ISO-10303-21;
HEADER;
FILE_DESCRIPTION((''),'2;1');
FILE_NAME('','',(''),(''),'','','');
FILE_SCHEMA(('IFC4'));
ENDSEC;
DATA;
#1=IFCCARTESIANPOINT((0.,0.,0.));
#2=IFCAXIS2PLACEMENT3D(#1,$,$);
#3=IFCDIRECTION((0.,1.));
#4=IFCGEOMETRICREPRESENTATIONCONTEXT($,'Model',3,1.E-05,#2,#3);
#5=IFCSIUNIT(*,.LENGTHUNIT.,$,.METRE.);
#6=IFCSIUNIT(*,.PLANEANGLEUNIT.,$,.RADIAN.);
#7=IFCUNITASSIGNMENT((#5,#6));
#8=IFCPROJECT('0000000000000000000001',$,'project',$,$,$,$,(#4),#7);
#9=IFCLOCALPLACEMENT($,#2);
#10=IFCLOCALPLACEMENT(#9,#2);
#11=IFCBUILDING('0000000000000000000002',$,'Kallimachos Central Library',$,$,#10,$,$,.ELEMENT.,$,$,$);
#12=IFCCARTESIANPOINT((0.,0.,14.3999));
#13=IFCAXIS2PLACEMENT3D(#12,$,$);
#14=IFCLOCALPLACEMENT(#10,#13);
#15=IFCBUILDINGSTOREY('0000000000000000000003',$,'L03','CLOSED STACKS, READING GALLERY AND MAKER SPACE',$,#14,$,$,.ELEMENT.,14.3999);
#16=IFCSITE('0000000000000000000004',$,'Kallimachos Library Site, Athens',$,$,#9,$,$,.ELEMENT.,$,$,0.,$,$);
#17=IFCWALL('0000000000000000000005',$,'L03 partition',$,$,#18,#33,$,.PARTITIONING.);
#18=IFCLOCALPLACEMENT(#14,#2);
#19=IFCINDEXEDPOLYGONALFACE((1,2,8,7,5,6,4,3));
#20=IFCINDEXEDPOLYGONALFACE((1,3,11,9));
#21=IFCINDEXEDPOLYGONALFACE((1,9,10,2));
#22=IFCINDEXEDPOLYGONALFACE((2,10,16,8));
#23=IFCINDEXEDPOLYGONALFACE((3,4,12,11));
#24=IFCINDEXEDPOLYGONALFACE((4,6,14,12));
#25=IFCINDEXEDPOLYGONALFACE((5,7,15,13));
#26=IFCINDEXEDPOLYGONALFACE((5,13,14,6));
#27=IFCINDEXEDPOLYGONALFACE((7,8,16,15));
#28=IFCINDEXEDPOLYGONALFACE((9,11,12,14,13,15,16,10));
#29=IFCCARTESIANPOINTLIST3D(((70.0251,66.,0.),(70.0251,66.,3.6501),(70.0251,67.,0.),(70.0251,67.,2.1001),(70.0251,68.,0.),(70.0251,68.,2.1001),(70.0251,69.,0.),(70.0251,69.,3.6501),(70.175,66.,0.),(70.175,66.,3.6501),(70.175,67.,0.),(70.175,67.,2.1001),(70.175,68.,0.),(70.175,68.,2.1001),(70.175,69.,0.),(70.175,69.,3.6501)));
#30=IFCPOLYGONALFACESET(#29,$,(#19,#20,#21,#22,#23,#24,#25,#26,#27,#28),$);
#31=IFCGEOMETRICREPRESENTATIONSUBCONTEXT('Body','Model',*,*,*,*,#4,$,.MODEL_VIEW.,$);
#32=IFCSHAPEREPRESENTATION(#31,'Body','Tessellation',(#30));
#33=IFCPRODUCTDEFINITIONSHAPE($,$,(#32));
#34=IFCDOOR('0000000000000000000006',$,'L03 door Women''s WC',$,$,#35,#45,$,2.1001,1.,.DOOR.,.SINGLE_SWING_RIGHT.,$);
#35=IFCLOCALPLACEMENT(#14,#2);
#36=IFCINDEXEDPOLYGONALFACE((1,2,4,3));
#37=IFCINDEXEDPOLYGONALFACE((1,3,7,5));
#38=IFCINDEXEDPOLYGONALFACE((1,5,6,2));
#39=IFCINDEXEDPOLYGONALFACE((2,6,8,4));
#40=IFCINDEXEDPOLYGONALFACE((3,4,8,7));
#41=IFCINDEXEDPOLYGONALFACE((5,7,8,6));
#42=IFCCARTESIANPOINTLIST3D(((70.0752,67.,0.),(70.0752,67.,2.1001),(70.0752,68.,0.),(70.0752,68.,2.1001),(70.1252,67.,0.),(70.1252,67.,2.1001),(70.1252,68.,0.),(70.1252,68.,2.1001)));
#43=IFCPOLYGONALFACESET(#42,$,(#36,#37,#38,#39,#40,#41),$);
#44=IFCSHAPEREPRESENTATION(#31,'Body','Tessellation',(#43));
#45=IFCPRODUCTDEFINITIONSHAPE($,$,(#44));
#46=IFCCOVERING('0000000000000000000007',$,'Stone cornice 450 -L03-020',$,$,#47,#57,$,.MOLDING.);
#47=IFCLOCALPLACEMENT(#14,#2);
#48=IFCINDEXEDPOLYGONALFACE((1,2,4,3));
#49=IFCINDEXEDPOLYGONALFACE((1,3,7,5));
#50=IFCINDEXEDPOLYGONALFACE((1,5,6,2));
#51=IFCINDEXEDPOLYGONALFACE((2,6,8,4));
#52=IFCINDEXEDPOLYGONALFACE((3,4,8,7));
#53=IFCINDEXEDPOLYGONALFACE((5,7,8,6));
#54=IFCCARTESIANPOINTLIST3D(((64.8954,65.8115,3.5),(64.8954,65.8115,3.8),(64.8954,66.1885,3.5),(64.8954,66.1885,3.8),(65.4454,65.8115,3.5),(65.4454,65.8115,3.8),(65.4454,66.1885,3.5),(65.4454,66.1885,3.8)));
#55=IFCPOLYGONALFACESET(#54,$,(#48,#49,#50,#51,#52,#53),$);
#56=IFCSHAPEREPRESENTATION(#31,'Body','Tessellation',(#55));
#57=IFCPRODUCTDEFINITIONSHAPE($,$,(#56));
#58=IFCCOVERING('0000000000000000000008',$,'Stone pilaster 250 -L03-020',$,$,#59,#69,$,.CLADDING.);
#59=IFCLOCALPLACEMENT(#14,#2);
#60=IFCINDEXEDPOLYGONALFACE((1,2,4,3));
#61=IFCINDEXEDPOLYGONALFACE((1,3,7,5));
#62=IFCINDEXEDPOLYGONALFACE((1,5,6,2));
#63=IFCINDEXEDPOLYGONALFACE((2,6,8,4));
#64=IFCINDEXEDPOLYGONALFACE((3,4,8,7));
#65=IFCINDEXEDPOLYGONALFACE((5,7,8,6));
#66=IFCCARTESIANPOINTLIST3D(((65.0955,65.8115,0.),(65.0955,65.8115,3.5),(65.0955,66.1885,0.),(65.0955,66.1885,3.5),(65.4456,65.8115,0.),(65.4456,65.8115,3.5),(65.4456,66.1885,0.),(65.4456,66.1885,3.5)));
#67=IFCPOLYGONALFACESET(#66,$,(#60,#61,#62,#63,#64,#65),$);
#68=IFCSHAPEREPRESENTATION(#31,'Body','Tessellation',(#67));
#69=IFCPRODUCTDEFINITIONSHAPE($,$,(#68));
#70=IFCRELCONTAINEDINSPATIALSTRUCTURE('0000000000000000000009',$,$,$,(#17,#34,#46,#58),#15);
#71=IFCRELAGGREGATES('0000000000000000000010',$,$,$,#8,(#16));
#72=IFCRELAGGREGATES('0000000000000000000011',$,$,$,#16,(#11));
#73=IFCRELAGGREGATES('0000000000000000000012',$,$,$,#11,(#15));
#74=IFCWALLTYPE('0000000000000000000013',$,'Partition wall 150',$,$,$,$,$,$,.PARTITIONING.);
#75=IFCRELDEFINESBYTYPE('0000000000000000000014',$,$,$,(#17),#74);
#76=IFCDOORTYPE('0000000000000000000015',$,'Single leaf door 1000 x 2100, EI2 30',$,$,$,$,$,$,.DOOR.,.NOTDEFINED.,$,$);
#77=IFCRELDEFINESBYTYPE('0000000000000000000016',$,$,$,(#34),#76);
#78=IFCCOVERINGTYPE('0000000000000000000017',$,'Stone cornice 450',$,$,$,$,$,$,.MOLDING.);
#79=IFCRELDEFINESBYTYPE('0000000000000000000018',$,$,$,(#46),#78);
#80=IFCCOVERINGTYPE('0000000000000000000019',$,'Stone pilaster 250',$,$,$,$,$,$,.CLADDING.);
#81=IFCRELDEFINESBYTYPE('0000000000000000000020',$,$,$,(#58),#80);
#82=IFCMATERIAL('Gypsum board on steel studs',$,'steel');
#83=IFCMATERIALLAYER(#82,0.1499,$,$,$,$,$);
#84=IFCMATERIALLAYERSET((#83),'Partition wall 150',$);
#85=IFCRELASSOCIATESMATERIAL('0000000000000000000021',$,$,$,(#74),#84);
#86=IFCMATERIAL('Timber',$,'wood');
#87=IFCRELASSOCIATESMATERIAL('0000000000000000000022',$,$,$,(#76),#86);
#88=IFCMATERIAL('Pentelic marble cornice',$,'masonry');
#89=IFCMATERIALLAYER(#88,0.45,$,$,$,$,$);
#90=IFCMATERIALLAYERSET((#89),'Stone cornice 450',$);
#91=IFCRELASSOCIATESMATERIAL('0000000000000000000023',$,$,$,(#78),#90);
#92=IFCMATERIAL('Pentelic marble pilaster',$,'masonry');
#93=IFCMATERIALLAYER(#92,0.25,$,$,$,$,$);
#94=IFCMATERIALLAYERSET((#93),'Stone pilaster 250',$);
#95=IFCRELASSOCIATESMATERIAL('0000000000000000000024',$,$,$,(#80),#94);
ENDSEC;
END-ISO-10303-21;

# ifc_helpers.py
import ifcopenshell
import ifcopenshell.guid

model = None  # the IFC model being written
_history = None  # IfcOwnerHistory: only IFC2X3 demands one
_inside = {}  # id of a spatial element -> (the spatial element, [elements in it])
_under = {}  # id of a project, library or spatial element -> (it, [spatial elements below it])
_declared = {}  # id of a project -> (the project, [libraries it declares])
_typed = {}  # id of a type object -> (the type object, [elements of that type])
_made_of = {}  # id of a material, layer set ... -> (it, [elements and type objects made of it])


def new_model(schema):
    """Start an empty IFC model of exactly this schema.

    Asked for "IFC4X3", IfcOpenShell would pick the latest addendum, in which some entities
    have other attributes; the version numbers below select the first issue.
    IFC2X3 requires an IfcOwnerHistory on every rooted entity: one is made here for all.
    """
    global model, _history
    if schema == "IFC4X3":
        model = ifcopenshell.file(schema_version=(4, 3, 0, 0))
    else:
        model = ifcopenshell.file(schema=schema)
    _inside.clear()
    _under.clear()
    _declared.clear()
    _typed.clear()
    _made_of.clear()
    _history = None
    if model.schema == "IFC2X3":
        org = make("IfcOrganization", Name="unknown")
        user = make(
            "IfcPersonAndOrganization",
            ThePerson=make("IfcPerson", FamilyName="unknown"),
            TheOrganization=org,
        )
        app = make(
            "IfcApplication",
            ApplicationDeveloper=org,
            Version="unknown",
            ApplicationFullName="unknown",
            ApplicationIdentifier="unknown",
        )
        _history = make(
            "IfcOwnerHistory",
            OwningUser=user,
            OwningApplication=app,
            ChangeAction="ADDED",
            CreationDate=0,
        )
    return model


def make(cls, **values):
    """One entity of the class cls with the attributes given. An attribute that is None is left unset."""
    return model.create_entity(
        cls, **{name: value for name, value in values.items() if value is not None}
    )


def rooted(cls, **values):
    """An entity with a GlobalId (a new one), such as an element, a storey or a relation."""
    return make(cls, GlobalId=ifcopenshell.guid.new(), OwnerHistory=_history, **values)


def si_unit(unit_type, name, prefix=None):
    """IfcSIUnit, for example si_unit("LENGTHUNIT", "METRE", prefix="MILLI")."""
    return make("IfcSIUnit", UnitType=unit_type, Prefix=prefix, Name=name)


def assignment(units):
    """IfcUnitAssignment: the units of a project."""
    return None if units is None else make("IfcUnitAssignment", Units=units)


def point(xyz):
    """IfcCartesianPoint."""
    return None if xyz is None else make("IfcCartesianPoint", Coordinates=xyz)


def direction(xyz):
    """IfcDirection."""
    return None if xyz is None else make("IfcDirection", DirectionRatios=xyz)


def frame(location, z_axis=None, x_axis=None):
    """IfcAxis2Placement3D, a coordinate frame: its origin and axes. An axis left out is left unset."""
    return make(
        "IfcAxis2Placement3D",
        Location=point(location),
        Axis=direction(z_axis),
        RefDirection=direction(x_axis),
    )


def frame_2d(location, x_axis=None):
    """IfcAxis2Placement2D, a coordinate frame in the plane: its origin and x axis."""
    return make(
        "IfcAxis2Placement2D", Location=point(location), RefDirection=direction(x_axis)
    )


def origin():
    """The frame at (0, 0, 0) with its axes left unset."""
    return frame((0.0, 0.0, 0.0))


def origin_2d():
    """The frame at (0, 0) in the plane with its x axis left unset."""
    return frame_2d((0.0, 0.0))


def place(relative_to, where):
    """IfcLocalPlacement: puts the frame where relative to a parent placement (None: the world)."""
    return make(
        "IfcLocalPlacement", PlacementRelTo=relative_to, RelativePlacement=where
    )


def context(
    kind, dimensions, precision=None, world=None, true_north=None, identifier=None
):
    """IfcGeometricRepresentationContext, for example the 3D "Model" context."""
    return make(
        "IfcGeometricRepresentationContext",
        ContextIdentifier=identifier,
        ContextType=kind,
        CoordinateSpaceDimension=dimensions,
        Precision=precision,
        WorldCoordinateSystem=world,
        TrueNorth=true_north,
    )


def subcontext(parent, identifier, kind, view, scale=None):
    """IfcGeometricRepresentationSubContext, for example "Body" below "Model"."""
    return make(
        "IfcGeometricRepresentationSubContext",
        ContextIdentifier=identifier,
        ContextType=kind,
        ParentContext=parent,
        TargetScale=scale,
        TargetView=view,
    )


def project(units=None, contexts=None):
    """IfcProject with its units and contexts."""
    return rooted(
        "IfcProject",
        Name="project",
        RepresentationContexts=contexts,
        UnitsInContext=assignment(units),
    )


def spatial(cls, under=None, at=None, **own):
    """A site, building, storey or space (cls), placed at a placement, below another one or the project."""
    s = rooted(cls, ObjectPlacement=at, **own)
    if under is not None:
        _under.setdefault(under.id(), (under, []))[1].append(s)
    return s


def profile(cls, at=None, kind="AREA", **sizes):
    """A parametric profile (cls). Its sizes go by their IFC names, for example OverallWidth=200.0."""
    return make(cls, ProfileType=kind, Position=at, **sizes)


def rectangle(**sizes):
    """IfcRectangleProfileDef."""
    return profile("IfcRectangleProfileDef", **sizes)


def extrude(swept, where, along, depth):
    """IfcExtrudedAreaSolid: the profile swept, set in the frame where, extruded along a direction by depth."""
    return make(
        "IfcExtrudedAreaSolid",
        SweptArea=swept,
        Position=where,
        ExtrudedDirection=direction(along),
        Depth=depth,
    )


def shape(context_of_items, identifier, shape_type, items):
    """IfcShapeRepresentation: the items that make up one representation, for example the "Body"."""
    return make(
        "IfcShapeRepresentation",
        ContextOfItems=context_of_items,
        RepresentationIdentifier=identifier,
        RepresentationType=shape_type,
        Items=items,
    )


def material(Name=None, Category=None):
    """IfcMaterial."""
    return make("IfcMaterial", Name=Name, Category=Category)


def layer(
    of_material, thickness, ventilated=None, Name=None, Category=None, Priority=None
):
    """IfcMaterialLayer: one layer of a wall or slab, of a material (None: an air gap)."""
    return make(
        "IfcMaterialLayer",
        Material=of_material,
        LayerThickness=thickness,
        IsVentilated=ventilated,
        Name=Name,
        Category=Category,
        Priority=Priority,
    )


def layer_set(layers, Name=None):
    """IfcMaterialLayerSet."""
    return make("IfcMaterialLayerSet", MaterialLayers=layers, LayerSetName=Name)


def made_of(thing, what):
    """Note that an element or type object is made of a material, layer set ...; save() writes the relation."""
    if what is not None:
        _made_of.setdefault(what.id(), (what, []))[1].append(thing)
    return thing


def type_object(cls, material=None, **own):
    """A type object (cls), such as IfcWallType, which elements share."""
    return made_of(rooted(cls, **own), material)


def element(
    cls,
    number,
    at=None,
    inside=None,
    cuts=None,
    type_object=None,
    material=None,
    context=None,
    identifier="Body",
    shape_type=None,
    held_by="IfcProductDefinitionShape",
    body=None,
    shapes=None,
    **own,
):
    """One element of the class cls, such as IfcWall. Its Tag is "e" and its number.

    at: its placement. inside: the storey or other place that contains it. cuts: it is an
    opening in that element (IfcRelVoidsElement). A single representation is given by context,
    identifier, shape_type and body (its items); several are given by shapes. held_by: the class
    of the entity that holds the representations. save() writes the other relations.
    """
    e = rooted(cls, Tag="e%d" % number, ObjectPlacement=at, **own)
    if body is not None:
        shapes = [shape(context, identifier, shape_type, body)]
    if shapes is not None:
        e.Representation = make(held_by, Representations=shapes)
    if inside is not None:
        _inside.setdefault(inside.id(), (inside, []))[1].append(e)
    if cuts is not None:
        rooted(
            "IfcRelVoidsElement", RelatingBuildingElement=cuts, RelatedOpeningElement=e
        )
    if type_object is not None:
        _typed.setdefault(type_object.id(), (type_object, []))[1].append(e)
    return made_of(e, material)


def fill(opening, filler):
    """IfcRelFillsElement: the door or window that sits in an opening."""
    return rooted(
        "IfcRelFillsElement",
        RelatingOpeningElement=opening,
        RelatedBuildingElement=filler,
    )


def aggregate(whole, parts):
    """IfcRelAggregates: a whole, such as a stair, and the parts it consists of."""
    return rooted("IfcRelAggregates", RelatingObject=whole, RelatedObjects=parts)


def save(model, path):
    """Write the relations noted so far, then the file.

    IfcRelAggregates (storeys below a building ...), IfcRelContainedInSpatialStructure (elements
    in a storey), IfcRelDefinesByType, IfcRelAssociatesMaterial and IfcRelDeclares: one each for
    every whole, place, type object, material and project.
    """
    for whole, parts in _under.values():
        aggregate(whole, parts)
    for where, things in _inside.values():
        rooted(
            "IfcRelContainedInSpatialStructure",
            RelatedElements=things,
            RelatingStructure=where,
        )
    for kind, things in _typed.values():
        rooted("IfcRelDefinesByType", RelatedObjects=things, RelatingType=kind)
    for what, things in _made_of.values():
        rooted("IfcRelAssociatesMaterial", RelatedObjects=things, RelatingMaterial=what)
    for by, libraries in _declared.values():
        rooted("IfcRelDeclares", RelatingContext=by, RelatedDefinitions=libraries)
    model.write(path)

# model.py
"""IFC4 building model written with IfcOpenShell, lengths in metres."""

from ifc_helpers import new_model, si_unit, direction, frame, frame_2d, origin, origin_2d, place, context, subcontext, project, spatial, rectangle, extrude, material, layer, layer_set, type_object, element, fill, save


model = new_model("IFC4")

# Units and contexts
model_context = context("Model", 3, precision=1e-05, world=origin(), true_north=direction((0.0, 1.0)))
body_context = subcontext(model_context, "Body", "Model", "MODEL_VIEW")
ifc_project = project(units=[si_unit("LENGTHUNIT", "METRE"), si_unit("PLANEANGLEUNIT", "RADIAN")], contexts=[model_context])

# Site, building, storey
site_placement = place(None, origin())
site = spatial("IfcSite", under=ifc_project, at=site_placement, Name="Kallimachos Library Site, Athens", CompositionType="ELEMENT", RefElevation=0.0)
building_placement = place(site_placement, origin())
building = spatial("IfcBuilding", under=site, at=building_placement, Name="Kallimachos Central Library", CompositionType="ELEMENT")
storey_placement = place(building_placement, frame((0.0, 0.0, 14.3999)))
storey = spatial("IfcBuildingStorey", under=building, at=storey_placement, Name="L03", Description="CLOSED STACKS, READING GALLERY AND MAKER SPACE", CompositionType="ELEMENT", Elevation=14.3999)

# Shared definitions
ifc_material_1 = material(Name="Gypsum board on steel studs", Category="steel")
ifc_layer_1 = layer(ifc_material_1, 0.1499)
ifc_layer_set_1 = layer_set([ifc_layer_1], Name="Partition wall 150")
wall_type = type_object("IfcWallType", Name="Partition wall 150", PredefinedType="PARTITIONING", material=ifc_layer_set_1)

# Wall, opening, door
wall_1_placement = place(storey_placement, frame((70.1001, 66.0, 0.0), z_axis=(0.0, 0.0, 1.0), x_axis=(0.0, 1.0, 0.0)))
wall_1 = element("IfcWall", 1, at=wall_1_placement, inside=storey, type_object=wall_type, Name="L03 partition", PredefinedType="PARTITIONING", context=body_context, shape_type="SweptSolid", body=[
    extrude(rectangle(XDim=3.0, YDim=0.1499, at=frame_2d((1.5, 0.0))), origin(), (0.0, 0.0, 1.0), 3.6501),
])
opening_placement = place(wall_1_placement, frame((1.0, 0.0, 0.0)))
opening = element("IfcOpeningElement", 2, at=opening_placement, cuts=wall_1, PredefinedType="OPENING", context=body_context, shape_type="SweptSolid", body=[
    extrude(rectangle(XDim=1.0, YDim=2.1001, at=frame_2d((0.5, 1.05))), frame((0.0, 0.085, 0.0), z_axis=(0.0, -1.0, 0.0), x_axis=(1.0, 0.0, 0.0)), (0.0, 0.0, 1.0), 0.1699),
])
ifc_material_2 = material(Name="Timber", Category="wood")
door_type = type_object("IfcDoorType", Name="Single leaf door 1000 x 2100, EI2 30", OperationType="NOTDEFINED", PredefinedType="DOOR", material=ifc_material_2)
door_placement = place(opening_placement, origin())
door = element("IfcDoor", 3, at=door_placement, inside=storey, type_object=door_type, Name="L03 door Women's WC", OperationType="SINGLE_SWING_RIGHT", OverallHeight=2.1001, OverallWidth=1.0, PredefinedType="DOOR", context=body_context, shape_type="SweptSolid", body=[
    extrude(rectangle(XDim=1.0, YDim=2.1001, at=frame_2d((0.5, 1.05))), frame((0.0, 0.0249, 0.0), z_axis=(0.0, -1.0, 0.0), x_axis=(1.0, 0.0, 0.0)), (0.0, 0.0, 1.0), 0.05),
])
fill(opening, door)

# Coverings
ifc_material_3 = material(Name="Pentelic marble cornice", Category="masonry")
ifc_layer_2 = layer(ifc_material_3, 0.45)
ifc_layer_set_2 = layer_set([ifc_layer_2], Name="Stone cornice 450")
covering_type_1 = type_object("IfcCoveringType", Name="Stone cornice 450", PredefinedType="MOLDING", material=ifc_layer_set_2)
covering_1_placement = place(storey_placement, frame((65.1704, 66.0, 3.5), z_axis=(0.0, 0.0, 1.0), x_axis=(1.0, 0.0, 0.0)))
element("IfcCovering", 4, at=covering_1_placement, inside=storey, type_object=covering_type_1, Name="Stone cornice 450 -L03-020", PredefinedType="MOLDING", context=body_context, shape_type="SweptSolid", body=[
    extrude(rectangle(XDim=0.55, YDim=0.377, at=origin_2d()), origin(), (0.0, 0.0, 1.0), 0.3),
])
ifc_material_4 = material(Name="Pentelic marble pilaster", Category="masonry")
ifc_layer_3 = layer(ifc_material_4, 0.25)
ifc_layer_set_3 = layer_set([ifc_layer_3], Name="Stone pilaster 250")
covering_type_2 = type_object("IfcCoveringType", Name="Stone pilaster 250", PredefinedType="CLADDING", material=ifc_layer_set_3)
covering_2_placement = place(storey_placement, frame((65.2705, 66.0, 0.0), z_axis=(0.0, 0.0, 1.0), x_axis=(1.0, 0.0, 0.0)))
element("IfcCovering", 5, at=covering_2_placement, inside=storey, type_object=covering_type_2, Name="Stone pilaster 250 -L03-020", PredefinedType="CLADDING", context=body_context, shape_type="SweptSolid", body=[
    extrude(rectangle(XDim=0.3501, YDim=0.377, at=origin_2d()), origin(), (0.0, 0.0, 1.0), 3.5),
])

save(model, "model.ifc")
